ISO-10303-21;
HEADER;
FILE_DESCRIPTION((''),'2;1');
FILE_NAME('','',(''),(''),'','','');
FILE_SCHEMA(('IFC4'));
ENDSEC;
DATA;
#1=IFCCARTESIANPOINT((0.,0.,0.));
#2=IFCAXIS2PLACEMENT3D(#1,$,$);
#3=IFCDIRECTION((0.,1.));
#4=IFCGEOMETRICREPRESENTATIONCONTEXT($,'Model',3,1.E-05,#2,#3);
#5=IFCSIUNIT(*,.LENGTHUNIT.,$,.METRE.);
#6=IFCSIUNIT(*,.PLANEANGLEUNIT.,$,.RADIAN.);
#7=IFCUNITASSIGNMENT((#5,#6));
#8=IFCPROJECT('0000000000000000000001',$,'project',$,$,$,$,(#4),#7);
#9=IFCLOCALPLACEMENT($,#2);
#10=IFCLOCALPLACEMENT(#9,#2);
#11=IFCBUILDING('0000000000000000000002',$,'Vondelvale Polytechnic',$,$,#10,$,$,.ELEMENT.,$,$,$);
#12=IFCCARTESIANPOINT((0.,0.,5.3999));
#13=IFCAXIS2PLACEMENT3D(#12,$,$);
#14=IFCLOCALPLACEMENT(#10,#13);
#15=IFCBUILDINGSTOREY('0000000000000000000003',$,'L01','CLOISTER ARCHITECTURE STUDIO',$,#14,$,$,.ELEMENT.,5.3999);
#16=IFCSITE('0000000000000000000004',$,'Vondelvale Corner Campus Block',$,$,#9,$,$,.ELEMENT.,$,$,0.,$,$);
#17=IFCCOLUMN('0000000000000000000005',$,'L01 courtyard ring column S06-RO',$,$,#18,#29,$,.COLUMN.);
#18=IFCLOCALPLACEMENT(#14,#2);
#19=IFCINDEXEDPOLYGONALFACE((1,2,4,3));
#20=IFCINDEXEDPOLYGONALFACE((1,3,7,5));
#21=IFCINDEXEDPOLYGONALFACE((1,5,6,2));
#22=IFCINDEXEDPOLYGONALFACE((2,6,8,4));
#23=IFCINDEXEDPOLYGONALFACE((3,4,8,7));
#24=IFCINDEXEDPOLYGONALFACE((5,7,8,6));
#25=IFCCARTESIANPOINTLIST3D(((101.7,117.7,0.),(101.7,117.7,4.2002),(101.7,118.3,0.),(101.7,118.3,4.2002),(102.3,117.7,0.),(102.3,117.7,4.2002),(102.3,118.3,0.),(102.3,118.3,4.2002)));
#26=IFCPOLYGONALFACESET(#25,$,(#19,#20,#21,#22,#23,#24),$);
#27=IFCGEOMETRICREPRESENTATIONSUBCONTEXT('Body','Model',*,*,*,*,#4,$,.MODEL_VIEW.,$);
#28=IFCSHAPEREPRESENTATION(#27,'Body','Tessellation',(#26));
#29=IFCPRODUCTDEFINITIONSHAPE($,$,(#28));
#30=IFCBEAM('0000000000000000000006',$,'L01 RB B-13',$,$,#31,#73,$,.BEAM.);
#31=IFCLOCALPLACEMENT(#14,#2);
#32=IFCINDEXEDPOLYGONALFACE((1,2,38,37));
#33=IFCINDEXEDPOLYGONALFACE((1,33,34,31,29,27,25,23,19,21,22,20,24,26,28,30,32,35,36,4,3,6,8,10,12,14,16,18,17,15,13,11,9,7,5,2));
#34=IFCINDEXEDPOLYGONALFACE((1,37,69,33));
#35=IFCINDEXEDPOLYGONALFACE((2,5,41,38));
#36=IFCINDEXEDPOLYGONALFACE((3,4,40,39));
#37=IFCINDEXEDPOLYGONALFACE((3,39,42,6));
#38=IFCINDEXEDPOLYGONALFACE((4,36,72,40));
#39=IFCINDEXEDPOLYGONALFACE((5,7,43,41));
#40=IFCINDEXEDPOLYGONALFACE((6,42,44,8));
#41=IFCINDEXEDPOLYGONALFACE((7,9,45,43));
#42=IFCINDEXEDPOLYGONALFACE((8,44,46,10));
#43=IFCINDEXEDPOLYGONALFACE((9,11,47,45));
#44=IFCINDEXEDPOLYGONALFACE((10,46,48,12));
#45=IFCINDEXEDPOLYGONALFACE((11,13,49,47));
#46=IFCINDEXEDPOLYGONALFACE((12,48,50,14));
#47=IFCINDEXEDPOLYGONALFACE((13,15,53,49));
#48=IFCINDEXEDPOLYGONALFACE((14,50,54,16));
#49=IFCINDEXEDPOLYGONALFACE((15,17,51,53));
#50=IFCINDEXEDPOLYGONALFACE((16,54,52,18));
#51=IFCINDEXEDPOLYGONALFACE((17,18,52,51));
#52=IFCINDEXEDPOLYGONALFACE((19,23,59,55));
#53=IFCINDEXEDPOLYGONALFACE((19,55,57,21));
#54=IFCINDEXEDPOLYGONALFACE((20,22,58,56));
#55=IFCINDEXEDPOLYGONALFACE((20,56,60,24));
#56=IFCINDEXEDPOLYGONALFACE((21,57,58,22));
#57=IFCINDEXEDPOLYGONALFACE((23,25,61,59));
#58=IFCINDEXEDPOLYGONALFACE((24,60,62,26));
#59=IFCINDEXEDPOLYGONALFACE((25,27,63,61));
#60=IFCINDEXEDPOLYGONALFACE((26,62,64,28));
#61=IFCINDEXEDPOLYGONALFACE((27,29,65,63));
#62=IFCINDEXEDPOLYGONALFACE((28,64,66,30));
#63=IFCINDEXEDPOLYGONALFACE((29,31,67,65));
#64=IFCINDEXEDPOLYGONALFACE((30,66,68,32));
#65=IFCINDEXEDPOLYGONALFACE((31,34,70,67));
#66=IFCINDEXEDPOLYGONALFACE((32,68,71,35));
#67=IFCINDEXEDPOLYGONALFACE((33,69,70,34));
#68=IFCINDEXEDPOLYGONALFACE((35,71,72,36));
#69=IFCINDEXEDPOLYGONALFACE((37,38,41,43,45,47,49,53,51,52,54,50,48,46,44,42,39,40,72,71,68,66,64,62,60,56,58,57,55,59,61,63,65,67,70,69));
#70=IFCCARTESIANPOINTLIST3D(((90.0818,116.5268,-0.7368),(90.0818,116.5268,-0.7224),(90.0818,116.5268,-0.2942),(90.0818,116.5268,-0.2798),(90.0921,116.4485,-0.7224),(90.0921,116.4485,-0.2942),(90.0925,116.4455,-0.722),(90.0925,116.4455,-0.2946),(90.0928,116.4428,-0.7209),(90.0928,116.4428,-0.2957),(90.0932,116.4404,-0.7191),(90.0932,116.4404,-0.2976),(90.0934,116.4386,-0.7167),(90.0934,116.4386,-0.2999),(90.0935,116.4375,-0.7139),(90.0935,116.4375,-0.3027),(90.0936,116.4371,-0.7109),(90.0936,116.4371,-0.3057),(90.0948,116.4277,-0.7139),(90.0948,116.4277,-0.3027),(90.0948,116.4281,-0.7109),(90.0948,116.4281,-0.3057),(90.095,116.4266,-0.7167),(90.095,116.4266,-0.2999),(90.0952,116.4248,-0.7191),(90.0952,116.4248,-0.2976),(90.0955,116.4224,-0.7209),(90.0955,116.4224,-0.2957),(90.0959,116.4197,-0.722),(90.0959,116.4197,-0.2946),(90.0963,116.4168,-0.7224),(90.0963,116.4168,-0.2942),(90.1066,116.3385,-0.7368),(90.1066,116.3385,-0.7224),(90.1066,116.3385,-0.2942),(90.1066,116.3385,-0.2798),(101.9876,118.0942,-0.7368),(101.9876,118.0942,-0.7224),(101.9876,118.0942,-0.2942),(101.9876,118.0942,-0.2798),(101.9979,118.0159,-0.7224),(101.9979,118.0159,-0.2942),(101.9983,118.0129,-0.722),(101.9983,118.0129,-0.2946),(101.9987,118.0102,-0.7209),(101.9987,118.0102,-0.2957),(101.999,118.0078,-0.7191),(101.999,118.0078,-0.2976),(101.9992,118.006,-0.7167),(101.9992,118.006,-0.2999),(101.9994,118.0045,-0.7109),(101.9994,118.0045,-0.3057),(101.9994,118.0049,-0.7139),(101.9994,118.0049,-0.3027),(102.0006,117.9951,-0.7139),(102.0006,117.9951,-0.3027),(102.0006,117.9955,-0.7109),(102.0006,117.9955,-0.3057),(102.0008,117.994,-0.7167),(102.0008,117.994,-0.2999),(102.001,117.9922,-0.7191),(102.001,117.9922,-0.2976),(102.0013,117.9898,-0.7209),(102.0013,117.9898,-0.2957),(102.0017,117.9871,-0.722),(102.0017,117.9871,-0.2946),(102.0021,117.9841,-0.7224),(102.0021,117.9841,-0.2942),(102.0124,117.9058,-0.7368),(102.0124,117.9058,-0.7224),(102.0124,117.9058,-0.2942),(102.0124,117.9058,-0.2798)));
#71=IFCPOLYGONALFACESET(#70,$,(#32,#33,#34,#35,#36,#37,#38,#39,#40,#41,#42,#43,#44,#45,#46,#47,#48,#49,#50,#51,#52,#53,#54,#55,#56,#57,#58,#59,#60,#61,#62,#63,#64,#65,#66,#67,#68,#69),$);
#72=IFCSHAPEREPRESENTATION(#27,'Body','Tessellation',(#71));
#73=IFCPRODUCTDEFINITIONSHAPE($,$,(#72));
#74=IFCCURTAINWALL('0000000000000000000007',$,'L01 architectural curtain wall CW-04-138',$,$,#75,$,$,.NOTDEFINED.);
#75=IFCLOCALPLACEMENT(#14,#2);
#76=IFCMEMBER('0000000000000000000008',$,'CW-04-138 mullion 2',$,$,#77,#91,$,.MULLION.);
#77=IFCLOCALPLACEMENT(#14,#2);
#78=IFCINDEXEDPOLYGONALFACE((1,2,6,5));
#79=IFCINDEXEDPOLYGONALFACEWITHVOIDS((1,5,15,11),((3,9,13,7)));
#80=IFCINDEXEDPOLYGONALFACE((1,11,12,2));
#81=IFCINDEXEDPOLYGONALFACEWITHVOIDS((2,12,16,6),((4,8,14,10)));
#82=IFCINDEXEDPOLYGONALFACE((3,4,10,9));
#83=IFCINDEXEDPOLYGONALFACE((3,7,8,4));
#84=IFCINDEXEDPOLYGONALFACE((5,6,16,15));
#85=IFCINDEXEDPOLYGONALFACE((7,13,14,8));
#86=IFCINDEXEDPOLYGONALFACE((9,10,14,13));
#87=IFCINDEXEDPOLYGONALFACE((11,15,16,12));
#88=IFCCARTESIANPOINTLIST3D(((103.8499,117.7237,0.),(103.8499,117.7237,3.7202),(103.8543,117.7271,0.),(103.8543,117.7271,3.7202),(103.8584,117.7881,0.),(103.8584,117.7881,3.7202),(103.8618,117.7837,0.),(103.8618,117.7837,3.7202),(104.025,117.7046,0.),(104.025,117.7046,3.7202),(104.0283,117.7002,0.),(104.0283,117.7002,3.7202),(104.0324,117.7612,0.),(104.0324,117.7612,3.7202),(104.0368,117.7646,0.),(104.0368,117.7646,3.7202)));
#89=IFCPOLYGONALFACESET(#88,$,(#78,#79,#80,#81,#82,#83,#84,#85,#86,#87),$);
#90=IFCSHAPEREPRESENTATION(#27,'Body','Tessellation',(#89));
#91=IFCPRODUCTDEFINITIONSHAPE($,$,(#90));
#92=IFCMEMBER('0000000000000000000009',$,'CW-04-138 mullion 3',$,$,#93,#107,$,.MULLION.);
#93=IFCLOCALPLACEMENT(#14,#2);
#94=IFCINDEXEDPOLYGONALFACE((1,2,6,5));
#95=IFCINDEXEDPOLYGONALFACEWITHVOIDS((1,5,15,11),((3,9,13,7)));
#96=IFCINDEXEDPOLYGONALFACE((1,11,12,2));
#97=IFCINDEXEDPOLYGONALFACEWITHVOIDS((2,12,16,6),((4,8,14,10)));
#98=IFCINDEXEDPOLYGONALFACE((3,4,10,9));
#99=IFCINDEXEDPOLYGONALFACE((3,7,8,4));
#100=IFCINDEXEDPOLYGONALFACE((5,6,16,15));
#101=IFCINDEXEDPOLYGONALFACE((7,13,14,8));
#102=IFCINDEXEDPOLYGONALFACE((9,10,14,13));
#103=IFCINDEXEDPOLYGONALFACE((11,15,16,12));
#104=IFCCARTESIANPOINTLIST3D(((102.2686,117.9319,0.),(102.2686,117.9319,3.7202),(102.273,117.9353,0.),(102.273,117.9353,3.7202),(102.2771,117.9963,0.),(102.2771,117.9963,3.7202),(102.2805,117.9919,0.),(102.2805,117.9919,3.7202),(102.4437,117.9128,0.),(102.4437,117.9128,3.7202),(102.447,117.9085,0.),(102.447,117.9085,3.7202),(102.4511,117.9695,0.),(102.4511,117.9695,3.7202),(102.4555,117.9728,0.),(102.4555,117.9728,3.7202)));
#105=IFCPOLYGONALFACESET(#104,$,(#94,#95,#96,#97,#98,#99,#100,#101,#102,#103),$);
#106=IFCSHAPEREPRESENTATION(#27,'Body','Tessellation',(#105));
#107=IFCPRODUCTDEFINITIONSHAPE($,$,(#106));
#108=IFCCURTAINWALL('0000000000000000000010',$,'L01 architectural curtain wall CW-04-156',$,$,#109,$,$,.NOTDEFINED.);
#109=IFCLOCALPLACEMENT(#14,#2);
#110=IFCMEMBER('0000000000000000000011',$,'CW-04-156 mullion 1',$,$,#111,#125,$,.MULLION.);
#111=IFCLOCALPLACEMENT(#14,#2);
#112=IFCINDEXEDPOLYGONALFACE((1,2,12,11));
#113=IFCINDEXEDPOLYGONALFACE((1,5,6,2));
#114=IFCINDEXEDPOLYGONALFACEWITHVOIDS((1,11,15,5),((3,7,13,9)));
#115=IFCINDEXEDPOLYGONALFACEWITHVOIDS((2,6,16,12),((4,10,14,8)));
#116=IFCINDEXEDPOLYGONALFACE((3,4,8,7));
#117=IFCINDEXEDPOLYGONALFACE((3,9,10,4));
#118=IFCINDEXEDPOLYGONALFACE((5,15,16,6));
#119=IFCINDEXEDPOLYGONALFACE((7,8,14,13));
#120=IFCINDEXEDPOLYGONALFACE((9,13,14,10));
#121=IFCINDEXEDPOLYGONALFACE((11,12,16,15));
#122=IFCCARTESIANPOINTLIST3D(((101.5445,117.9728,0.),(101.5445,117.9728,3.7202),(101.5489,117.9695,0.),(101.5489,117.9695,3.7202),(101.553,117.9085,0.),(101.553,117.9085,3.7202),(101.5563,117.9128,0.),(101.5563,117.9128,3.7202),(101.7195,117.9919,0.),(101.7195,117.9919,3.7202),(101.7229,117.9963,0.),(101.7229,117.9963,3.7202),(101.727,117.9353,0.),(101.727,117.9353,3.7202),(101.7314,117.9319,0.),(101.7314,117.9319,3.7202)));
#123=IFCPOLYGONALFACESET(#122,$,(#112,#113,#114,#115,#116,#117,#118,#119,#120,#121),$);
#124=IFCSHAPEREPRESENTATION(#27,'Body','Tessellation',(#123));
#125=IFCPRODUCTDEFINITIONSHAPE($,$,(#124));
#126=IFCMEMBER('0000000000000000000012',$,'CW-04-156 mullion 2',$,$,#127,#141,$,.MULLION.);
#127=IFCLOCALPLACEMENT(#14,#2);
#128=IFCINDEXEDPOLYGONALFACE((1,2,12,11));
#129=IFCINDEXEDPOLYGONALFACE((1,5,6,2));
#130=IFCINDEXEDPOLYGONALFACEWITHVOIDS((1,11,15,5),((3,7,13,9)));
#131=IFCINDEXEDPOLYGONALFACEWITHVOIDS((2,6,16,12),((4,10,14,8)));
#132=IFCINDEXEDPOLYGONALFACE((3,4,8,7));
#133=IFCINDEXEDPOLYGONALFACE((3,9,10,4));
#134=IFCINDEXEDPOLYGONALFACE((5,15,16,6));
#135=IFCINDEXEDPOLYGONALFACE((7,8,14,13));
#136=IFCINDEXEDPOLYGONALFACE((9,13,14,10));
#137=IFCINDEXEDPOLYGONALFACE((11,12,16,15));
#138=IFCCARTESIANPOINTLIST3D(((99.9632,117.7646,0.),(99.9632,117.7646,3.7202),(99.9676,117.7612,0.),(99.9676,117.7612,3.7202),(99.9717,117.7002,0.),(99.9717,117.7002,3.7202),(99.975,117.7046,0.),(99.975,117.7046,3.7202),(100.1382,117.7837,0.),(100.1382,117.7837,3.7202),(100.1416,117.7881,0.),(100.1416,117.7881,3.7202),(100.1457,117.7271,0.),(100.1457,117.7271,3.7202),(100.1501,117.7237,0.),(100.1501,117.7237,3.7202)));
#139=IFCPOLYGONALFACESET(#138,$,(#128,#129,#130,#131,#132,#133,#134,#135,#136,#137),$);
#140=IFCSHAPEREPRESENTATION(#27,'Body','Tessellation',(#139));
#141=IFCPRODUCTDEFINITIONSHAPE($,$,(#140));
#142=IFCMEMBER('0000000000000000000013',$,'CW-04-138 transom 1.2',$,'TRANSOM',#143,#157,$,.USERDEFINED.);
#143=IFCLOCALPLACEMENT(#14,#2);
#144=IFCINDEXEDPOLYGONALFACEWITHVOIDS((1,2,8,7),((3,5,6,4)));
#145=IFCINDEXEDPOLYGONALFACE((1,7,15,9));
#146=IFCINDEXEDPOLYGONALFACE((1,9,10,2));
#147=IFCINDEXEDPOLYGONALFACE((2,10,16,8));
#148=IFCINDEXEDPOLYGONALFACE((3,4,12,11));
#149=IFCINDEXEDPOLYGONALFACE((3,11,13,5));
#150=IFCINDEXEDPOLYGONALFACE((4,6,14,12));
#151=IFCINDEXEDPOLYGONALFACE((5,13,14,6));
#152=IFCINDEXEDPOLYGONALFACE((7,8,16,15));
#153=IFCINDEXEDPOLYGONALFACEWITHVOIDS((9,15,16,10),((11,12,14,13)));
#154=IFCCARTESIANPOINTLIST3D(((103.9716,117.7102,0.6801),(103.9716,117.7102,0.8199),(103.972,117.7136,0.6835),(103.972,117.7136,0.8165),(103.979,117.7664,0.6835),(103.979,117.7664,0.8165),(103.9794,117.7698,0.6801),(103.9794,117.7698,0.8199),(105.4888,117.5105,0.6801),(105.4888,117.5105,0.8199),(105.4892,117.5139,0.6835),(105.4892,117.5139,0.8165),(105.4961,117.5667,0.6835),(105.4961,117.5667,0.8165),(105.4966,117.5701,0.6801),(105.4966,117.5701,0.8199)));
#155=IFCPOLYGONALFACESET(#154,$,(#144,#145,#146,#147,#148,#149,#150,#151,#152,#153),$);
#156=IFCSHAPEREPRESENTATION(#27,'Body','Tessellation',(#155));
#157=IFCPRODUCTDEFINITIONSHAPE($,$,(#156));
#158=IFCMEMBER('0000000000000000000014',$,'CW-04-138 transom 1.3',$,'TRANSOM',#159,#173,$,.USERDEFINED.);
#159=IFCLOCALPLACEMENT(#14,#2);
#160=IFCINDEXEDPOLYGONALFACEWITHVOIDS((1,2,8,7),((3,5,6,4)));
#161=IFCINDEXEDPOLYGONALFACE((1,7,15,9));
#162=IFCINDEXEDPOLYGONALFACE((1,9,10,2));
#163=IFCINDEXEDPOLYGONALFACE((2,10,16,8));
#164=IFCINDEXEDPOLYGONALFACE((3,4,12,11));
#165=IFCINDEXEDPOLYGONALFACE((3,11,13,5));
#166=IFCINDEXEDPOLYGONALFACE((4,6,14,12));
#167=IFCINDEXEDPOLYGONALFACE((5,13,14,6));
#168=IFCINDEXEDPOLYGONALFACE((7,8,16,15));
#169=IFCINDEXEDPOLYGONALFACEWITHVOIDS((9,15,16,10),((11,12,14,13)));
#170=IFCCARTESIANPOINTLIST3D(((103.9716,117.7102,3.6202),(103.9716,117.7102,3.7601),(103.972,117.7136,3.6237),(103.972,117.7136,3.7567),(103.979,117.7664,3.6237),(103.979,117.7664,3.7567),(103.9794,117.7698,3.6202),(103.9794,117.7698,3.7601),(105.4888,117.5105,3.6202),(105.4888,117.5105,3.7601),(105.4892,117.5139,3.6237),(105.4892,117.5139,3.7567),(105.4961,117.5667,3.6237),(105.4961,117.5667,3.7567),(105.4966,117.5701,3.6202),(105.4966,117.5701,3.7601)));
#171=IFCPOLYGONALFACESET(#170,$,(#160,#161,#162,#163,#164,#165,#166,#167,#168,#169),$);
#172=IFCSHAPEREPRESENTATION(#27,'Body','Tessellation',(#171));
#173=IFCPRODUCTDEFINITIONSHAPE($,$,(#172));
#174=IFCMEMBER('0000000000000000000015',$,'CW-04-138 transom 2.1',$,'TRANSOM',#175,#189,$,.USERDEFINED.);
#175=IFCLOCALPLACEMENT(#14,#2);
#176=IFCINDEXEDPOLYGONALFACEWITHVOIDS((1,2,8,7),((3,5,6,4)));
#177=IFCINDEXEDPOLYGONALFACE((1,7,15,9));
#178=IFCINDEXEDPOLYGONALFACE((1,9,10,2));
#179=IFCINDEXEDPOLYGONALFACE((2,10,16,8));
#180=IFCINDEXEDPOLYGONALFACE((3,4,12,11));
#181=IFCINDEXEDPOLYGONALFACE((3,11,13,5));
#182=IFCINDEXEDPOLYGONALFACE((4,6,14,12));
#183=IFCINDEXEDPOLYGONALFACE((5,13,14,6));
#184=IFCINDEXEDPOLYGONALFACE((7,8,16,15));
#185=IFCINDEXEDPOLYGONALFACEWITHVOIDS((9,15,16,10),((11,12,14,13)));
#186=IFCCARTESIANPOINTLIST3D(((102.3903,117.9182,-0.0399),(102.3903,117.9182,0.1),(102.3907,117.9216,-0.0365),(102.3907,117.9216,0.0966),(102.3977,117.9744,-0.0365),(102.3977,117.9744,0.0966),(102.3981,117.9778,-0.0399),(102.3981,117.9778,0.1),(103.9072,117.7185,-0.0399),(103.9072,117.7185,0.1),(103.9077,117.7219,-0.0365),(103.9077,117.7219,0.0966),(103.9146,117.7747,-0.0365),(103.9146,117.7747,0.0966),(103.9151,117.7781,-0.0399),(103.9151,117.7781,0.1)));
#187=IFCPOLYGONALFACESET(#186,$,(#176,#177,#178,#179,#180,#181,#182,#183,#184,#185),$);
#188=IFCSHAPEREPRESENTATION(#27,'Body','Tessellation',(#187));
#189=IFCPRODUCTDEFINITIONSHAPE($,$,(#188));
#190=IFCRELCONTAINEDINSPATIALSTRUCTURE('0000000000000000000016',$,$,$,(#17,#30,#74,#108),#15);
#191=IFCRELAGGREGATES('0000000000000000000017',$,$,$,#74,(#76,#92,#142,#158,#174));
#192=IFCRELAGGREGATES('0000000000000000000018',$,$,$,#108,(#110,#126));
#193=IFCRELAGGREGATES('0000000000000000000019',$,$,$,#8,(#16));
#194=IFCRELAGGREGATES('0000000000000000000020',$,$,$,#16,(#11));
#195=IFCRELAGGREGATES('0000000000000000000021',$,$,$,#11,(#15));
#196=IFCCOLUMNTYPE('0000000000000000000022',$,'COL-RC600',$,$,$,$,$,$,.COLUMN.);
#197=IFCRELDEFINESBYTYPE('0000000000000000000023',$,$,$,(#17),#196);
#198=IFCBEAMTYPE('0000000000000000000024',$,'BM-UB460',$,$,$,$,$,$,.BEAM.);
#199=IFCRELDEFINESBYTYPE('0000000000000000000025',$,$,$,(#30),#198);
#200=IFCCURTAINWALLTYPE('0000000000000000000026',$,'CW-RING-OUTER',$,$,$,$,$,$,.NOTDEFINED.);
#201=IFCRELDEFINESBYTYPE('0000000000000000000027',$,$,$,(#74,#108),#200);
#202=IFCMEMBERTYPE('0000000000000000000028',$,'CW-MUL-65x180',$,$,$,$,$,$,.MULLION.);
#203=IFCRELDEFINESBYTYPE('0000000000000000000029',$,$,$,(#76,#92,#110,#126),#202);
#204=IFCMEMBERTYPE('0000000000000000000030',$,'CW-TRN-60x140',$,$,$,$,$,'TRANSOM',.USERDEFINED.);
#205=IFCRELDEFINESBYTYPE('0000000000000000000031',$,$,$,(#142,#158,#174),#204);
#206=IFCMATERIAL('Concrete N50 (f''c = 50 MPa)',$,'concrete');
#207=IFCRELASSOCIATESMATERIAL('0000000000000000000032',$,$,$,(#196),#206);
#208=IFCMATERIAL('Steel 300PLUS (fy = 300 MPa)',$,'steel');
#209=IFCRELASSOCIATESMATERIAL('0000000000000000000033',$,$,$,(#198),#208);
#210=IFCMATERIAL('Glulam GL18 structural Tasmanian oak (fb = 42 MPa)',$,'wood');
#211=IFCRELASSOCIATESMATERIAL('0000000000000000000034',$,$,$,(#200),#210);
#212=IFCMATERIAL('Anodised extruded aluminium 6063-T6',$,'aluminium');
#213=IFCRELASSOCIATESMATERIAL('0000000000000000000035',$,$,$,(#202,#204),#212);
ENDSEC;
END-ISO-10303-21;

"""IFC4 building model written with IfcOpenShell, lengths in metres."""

from ifc_helpers import new_model, si_unit, direction, frame, origin, origin_2d, place, context, subcontext, project, spatial, rectangle, hollow_rectangle, i_section, extrude, material, material_profile, profile_set, type_object, element, aggregate, save


model = new_model("IFC4")

# Units and contexts
model_context = context("Model", 3, precision=1e-05, world=origin(), true_north=direction((0.0, 1.0)))
body_context = subcontext(model_context, "Body", "Model", "MODEL_VIEW")
ifc_project = project(units=[si_unit("LENGTHUNIT", "METRE"), si_unit("PLANEANGLEUNIT", "RADIAN")], contexts=[model_context])

# Site, building, storey
site_placement = place(None, origin())
site = spatial("IfcSite", under=ifc_project, at=site_placement, Name="Vondelvale Corner Campus Block", CompositionType="ELEMENT", RefElevation=0.0)
building_placement = place(site_placement, origin())
building = spatial("IfcBuilding", under=site, at=building_placement, Name="Vondelvale Polytechnic", CompositionType="ELEMENT")
storey_placement = place(building_placement, frame((0.0, 0.0, 5.3999)))
storey = spatial("IfcBuildingStorey", under=building, at=storey_placement, Name="L01", Description="CLOISTER ARCHITECTURE STUDIO", CompositionType="ELEMENT", Elevation=5.3999)

# Column
ifc_material_1 = material(Name="Concrete N50 (f'c = 50 MPa)", Category="concrete")
ifc_material_profile_1 = material_profile(ifc_material_1, rectangle(XDim=0.6001, YDim=0.6001, at=origin_2d()), Name="RC-COL-600x600")
ifc_profile_set_1 = profile_set([ifc_material_profile_1], Name="Concrete N50 (f'c = 50 MPa)")
column_type = type_object("IfcColumnType", Name="COL-RC600", PredefinedType="COLUMN", material=ifc_profile_set_1)
column_placement = place(storey_placement, frame((102.0, 118.0, 0.0), z_axis=(0.0, 0.0, 1.0), x_axis=(0.0, 1.0, 0.0)))
element("IfcColumn", 1, at=column_placement, inside=storey, type_object=column_type, Name="L01 courtyard ring column S06-RO", PredefinedType="COLUMN", context=body_context, shape_type="SweptSolid", body=[
    extrude(rectangle(XDim=0.6001, YDim=0.6001, at=origin_2d()), origin(), (0.0, 0.0, 1.0), 4.2002),
])

# Beam
ifc_material_2 = material(Name="Steel 300PLUS (fy = 300 MPa)", Category="steel")
ifc_material_profile_2 = material_profile(ifc_material_2, i_section(OverallWidth=0.1899, OverallDepth=0.457, WebThickness=0.009, FlangeThickness=0.0144, FilletRadius=0.0115, at=origin_2d()), Name="460UB74.6")
ifc_profile_set_2 = profile_set([ifc_material_profile_2], Name="Steel 300PLUS (fy = 300 MPa)")
beam_type = type_object("IfcBeamType", Name="BM-UB460", PredefinedType="BEAM", material=ifc_profile_set_2)
beam_placement = place(storey_placement, frame((102.0, 118.0, -0.5083), z_axis=(-0.991445, -0.130523, 0.0), x_axis=(0.130523, -0.991445, 0.0)))
element("IfcBeam", 2, at=beam_placement, inside=storey, type_object=beam_type, Name="L01 RB B-13", PredefinedType="BEAM", context=body_context, shape_type="SweptSolid", body=[
    extrude(i_section(OverallWidth=0.1899, OverallDepth=0.457, WebThickness=0.009, FlangeThickness=0.0144, FilletRadius=0.0115, at=origin_2d()), origin(), (0.0, 0.0, 1.0), 12.0085),
])

# Curtain walls, members
ifc_material_3 = material(Name="Glulam GL18 structural Tasmanian oak (fb = 42 MPa)", Category="wood")
curtain_wall_type = type_object("IfcCurtainWallType", Name="CW-RING-OUTER", PredefinedType="NOTDEFINED", material=ifc_material_3)
curtain_wall_1_placement = place(storey_placement, origin())
curtain_wall_1 = element("IfcCurtainWall", 3, at=curtain_wall_1_placement, inside=storey, type_object=curtain_wall_type, Name="L01 architectural curtain wall CW-04-138", PredefinedType="NOTDEFINED")
ifc_material_4 = material(Name="Anodised extruded aluminium 6063-T6", Category="aluminium")
ifc_material_profile_3 = material_profile(ifc_material_4, hollow_rectangle(XDim=0.0649, YDim=0.1799, WallThickness=0.0039, at=origin_2d()), Name="CW-MUL-180x65")
ifc_profile_set_3 = profile_set([ifc_material_profile_3], Name="Anodised extruded aluminium 6063-T6")
member_type_1 = type_object("IfcMemberType", Name="CW-MUL-65x180", PredefinedType="MULLION", material=ifc_profile_set_3)
member_1_placement = place(storey_placement, frame((103.9434, 117.7441, 0.0), z_axis=(0.0, 0.0, 1.0), x_axis=(-0.13054, -0.991443, 0.0)))
member_1 = element("IfcMember", 4, at=member_1_placement, type_object=member_type_1, Name="CW-04-138 mullion 2", PredefinedType="MULLION", context=body_context, shape_type="SweptSolid", body=[
    extrude(hollow_rectangle(XDim=0.0649, YDim=0.1799, WallThickness=0.0039, at=origin_2d()), origin(), (0.0, 0.0, 1.0), 3.7202),
])
member_2_placement = place(storey_placement, frame((102.3621, 117.9524, 0.0), z_axis=(0.0, 0.0, 1.0), x_axis=(-0.13054, -0.991443, 0.0)))
member_2 = element("IfcMember", 5, at=member_2_placement, type_object=member_type_1, Name="CW-04-138 mullion 3", PredefinedType="MULLION", context=body_context, shape_type="SweptSolid", body=[
    extrude(hollow_rectangle(XDim=0.0649, YDim=0.1799, WallThickness=0.0039, at=origin_2d()), origin(), (0.0, 0.0, 1.0), 3.7202),
])
curtain_wall_2_placement = place(storey_placement, origin())
curtain_wall_2 = element("IfcCurtainWall", 6, at=curtain_wall_2_placement, inside=storey, type_object=curtain_wall_type, Name="L01 architectural curtain wall CW-04-156", PredefinedType="NOTDEFINED")
member_3_placement = place(storey_placement, frame((101.6379, 117.9524, 0.0), z_axis=(0.0, 0.0, 1.0), x_axis=(0.13054, -0.991443, 0.0)))
member_3 = element("IfcMember", 7, at=member_3_placement, type_object=member_type_1, Name="CW-04-156 mullion 1", PredefinedType="MULLION", context=body_context, shape_type="SweptSolid", body=[
    extrude(hollow_rectangle(XDim=0.0649, YDim=0.1799, WallThickness=0.0039, at=origin_2d()), origin(), (0.0, 0.0, 1.0), 3.7202),
])
member_4_placement = place(storey_placement, frame((100.0566, 117.7441, 0.0), z_axis=(0.0, 0.0, 1.0), x_axis=(0.13054, -0.991443, 0.0)))
member_4 = element("IfcMember", 8, at=member_4_placement, type_object=member_type_1, Name="CW-04-156 mullion 2", PredefinedType="MULLION", context=body_context, shape_type="SweptSolid", body=[
    extrude(hollow_rectangle(XDim=0.0649, YDim=0.1799, WallThickness=0.0039, at=origin_2d()), origin(), (0.0, 0.0, 1.0), 3.7202),
])

# Members
ifc_material_profile_4 = material_profile(ifc_material_4, hollow_rectangle(XDim=0.0601, YDim=0.1399, WallThickness=0.0034, at=origin_2d()), Name="CW-TRN-140x60")
ifc_profile_set_4 = profile_set([ifc_material_profile_4], Name="Anodised extruded aluminium 6063-T6")
member_type_2 = type_object("IfcMemberType", Name="CW-TRN-60x140", ElementType="TRANSOM", PredefinedType="USERDEFINED", material=ifc_profile_set_4)
member_5_placement = place(storey_placement, frame((105.4927, 117.5403, 0.75), z_axis=(-0.991447, 0.130512, 0.0), x_axis=(-0.130512, -0.991447, 0.0)))
member_5 = element("IfcMember", 9, at=member_5_placement, type_object=member_type_2, Name="CW-04-138 transom 1.2", ObjectType="TRANSOM", PredefinedType="USERDEFINED", context=body_context, shape_type="SweptSolid", body=[
    extrude(hollow_rectangle(XDim=0.0601, YDim=0.1399, WallThickness=0.0034, at=origin_2d()), origin(), (0.0, 0.0, 1.0), 1.5303),
])
member_6_placement = place(storey_placement, frame((105.4927, 117.5403, 3.6902), z_axis=(-0.991447, 0.130512, 0.0), x_axis=(-0.130512, -0.991447, 0.0)))
member_6 = element("IfcMember", 10, at=member_6_placement, type_object=member_type_2, Name="CW-04-138 transom 1.3", ObjectType="TRANSOM", PredefinedType="USERDEFINED", context=body_context, shape_type="SweptSolid", body=[
    extrude(hollow_rectangle(XDim=0.0601, YDim=0.1399, WallThickness=0.0034, at=origin_2d()), origin(), (0.0, 0.0, 1.0), 1.5303),
])
member_7_placement = place(storey_placement, frame((103.9111, 117.7483, 0.03), z_axis=(-0.991444, 0.130533, 0.0), x_axis=(-0.130533, -0.991444, 0.0)))
member_7 = element("IfcMember", 11, at=member_7_placement, type_object=member_type_2, Name="CW-04-138 transom 2.1", ObjectType="TRANSOM", PredefinedType="USERDEFINED", context=body_context, shape_type="SweptSolid", body=[
    extrude(hollow_rectangle(XDim=0.0601, YDim=0.1399, WallThickness=0.0034, at=origin_2d()), origin(), (0.0, 0.0, 1.0), 1.53),
])

aggregate(curtain_wall_1, [member_1, member_2, member_5, member_6, member_7])
aggregate(curtain_wall_2, [member_3, member_4])

save(model, "model.ifc")
